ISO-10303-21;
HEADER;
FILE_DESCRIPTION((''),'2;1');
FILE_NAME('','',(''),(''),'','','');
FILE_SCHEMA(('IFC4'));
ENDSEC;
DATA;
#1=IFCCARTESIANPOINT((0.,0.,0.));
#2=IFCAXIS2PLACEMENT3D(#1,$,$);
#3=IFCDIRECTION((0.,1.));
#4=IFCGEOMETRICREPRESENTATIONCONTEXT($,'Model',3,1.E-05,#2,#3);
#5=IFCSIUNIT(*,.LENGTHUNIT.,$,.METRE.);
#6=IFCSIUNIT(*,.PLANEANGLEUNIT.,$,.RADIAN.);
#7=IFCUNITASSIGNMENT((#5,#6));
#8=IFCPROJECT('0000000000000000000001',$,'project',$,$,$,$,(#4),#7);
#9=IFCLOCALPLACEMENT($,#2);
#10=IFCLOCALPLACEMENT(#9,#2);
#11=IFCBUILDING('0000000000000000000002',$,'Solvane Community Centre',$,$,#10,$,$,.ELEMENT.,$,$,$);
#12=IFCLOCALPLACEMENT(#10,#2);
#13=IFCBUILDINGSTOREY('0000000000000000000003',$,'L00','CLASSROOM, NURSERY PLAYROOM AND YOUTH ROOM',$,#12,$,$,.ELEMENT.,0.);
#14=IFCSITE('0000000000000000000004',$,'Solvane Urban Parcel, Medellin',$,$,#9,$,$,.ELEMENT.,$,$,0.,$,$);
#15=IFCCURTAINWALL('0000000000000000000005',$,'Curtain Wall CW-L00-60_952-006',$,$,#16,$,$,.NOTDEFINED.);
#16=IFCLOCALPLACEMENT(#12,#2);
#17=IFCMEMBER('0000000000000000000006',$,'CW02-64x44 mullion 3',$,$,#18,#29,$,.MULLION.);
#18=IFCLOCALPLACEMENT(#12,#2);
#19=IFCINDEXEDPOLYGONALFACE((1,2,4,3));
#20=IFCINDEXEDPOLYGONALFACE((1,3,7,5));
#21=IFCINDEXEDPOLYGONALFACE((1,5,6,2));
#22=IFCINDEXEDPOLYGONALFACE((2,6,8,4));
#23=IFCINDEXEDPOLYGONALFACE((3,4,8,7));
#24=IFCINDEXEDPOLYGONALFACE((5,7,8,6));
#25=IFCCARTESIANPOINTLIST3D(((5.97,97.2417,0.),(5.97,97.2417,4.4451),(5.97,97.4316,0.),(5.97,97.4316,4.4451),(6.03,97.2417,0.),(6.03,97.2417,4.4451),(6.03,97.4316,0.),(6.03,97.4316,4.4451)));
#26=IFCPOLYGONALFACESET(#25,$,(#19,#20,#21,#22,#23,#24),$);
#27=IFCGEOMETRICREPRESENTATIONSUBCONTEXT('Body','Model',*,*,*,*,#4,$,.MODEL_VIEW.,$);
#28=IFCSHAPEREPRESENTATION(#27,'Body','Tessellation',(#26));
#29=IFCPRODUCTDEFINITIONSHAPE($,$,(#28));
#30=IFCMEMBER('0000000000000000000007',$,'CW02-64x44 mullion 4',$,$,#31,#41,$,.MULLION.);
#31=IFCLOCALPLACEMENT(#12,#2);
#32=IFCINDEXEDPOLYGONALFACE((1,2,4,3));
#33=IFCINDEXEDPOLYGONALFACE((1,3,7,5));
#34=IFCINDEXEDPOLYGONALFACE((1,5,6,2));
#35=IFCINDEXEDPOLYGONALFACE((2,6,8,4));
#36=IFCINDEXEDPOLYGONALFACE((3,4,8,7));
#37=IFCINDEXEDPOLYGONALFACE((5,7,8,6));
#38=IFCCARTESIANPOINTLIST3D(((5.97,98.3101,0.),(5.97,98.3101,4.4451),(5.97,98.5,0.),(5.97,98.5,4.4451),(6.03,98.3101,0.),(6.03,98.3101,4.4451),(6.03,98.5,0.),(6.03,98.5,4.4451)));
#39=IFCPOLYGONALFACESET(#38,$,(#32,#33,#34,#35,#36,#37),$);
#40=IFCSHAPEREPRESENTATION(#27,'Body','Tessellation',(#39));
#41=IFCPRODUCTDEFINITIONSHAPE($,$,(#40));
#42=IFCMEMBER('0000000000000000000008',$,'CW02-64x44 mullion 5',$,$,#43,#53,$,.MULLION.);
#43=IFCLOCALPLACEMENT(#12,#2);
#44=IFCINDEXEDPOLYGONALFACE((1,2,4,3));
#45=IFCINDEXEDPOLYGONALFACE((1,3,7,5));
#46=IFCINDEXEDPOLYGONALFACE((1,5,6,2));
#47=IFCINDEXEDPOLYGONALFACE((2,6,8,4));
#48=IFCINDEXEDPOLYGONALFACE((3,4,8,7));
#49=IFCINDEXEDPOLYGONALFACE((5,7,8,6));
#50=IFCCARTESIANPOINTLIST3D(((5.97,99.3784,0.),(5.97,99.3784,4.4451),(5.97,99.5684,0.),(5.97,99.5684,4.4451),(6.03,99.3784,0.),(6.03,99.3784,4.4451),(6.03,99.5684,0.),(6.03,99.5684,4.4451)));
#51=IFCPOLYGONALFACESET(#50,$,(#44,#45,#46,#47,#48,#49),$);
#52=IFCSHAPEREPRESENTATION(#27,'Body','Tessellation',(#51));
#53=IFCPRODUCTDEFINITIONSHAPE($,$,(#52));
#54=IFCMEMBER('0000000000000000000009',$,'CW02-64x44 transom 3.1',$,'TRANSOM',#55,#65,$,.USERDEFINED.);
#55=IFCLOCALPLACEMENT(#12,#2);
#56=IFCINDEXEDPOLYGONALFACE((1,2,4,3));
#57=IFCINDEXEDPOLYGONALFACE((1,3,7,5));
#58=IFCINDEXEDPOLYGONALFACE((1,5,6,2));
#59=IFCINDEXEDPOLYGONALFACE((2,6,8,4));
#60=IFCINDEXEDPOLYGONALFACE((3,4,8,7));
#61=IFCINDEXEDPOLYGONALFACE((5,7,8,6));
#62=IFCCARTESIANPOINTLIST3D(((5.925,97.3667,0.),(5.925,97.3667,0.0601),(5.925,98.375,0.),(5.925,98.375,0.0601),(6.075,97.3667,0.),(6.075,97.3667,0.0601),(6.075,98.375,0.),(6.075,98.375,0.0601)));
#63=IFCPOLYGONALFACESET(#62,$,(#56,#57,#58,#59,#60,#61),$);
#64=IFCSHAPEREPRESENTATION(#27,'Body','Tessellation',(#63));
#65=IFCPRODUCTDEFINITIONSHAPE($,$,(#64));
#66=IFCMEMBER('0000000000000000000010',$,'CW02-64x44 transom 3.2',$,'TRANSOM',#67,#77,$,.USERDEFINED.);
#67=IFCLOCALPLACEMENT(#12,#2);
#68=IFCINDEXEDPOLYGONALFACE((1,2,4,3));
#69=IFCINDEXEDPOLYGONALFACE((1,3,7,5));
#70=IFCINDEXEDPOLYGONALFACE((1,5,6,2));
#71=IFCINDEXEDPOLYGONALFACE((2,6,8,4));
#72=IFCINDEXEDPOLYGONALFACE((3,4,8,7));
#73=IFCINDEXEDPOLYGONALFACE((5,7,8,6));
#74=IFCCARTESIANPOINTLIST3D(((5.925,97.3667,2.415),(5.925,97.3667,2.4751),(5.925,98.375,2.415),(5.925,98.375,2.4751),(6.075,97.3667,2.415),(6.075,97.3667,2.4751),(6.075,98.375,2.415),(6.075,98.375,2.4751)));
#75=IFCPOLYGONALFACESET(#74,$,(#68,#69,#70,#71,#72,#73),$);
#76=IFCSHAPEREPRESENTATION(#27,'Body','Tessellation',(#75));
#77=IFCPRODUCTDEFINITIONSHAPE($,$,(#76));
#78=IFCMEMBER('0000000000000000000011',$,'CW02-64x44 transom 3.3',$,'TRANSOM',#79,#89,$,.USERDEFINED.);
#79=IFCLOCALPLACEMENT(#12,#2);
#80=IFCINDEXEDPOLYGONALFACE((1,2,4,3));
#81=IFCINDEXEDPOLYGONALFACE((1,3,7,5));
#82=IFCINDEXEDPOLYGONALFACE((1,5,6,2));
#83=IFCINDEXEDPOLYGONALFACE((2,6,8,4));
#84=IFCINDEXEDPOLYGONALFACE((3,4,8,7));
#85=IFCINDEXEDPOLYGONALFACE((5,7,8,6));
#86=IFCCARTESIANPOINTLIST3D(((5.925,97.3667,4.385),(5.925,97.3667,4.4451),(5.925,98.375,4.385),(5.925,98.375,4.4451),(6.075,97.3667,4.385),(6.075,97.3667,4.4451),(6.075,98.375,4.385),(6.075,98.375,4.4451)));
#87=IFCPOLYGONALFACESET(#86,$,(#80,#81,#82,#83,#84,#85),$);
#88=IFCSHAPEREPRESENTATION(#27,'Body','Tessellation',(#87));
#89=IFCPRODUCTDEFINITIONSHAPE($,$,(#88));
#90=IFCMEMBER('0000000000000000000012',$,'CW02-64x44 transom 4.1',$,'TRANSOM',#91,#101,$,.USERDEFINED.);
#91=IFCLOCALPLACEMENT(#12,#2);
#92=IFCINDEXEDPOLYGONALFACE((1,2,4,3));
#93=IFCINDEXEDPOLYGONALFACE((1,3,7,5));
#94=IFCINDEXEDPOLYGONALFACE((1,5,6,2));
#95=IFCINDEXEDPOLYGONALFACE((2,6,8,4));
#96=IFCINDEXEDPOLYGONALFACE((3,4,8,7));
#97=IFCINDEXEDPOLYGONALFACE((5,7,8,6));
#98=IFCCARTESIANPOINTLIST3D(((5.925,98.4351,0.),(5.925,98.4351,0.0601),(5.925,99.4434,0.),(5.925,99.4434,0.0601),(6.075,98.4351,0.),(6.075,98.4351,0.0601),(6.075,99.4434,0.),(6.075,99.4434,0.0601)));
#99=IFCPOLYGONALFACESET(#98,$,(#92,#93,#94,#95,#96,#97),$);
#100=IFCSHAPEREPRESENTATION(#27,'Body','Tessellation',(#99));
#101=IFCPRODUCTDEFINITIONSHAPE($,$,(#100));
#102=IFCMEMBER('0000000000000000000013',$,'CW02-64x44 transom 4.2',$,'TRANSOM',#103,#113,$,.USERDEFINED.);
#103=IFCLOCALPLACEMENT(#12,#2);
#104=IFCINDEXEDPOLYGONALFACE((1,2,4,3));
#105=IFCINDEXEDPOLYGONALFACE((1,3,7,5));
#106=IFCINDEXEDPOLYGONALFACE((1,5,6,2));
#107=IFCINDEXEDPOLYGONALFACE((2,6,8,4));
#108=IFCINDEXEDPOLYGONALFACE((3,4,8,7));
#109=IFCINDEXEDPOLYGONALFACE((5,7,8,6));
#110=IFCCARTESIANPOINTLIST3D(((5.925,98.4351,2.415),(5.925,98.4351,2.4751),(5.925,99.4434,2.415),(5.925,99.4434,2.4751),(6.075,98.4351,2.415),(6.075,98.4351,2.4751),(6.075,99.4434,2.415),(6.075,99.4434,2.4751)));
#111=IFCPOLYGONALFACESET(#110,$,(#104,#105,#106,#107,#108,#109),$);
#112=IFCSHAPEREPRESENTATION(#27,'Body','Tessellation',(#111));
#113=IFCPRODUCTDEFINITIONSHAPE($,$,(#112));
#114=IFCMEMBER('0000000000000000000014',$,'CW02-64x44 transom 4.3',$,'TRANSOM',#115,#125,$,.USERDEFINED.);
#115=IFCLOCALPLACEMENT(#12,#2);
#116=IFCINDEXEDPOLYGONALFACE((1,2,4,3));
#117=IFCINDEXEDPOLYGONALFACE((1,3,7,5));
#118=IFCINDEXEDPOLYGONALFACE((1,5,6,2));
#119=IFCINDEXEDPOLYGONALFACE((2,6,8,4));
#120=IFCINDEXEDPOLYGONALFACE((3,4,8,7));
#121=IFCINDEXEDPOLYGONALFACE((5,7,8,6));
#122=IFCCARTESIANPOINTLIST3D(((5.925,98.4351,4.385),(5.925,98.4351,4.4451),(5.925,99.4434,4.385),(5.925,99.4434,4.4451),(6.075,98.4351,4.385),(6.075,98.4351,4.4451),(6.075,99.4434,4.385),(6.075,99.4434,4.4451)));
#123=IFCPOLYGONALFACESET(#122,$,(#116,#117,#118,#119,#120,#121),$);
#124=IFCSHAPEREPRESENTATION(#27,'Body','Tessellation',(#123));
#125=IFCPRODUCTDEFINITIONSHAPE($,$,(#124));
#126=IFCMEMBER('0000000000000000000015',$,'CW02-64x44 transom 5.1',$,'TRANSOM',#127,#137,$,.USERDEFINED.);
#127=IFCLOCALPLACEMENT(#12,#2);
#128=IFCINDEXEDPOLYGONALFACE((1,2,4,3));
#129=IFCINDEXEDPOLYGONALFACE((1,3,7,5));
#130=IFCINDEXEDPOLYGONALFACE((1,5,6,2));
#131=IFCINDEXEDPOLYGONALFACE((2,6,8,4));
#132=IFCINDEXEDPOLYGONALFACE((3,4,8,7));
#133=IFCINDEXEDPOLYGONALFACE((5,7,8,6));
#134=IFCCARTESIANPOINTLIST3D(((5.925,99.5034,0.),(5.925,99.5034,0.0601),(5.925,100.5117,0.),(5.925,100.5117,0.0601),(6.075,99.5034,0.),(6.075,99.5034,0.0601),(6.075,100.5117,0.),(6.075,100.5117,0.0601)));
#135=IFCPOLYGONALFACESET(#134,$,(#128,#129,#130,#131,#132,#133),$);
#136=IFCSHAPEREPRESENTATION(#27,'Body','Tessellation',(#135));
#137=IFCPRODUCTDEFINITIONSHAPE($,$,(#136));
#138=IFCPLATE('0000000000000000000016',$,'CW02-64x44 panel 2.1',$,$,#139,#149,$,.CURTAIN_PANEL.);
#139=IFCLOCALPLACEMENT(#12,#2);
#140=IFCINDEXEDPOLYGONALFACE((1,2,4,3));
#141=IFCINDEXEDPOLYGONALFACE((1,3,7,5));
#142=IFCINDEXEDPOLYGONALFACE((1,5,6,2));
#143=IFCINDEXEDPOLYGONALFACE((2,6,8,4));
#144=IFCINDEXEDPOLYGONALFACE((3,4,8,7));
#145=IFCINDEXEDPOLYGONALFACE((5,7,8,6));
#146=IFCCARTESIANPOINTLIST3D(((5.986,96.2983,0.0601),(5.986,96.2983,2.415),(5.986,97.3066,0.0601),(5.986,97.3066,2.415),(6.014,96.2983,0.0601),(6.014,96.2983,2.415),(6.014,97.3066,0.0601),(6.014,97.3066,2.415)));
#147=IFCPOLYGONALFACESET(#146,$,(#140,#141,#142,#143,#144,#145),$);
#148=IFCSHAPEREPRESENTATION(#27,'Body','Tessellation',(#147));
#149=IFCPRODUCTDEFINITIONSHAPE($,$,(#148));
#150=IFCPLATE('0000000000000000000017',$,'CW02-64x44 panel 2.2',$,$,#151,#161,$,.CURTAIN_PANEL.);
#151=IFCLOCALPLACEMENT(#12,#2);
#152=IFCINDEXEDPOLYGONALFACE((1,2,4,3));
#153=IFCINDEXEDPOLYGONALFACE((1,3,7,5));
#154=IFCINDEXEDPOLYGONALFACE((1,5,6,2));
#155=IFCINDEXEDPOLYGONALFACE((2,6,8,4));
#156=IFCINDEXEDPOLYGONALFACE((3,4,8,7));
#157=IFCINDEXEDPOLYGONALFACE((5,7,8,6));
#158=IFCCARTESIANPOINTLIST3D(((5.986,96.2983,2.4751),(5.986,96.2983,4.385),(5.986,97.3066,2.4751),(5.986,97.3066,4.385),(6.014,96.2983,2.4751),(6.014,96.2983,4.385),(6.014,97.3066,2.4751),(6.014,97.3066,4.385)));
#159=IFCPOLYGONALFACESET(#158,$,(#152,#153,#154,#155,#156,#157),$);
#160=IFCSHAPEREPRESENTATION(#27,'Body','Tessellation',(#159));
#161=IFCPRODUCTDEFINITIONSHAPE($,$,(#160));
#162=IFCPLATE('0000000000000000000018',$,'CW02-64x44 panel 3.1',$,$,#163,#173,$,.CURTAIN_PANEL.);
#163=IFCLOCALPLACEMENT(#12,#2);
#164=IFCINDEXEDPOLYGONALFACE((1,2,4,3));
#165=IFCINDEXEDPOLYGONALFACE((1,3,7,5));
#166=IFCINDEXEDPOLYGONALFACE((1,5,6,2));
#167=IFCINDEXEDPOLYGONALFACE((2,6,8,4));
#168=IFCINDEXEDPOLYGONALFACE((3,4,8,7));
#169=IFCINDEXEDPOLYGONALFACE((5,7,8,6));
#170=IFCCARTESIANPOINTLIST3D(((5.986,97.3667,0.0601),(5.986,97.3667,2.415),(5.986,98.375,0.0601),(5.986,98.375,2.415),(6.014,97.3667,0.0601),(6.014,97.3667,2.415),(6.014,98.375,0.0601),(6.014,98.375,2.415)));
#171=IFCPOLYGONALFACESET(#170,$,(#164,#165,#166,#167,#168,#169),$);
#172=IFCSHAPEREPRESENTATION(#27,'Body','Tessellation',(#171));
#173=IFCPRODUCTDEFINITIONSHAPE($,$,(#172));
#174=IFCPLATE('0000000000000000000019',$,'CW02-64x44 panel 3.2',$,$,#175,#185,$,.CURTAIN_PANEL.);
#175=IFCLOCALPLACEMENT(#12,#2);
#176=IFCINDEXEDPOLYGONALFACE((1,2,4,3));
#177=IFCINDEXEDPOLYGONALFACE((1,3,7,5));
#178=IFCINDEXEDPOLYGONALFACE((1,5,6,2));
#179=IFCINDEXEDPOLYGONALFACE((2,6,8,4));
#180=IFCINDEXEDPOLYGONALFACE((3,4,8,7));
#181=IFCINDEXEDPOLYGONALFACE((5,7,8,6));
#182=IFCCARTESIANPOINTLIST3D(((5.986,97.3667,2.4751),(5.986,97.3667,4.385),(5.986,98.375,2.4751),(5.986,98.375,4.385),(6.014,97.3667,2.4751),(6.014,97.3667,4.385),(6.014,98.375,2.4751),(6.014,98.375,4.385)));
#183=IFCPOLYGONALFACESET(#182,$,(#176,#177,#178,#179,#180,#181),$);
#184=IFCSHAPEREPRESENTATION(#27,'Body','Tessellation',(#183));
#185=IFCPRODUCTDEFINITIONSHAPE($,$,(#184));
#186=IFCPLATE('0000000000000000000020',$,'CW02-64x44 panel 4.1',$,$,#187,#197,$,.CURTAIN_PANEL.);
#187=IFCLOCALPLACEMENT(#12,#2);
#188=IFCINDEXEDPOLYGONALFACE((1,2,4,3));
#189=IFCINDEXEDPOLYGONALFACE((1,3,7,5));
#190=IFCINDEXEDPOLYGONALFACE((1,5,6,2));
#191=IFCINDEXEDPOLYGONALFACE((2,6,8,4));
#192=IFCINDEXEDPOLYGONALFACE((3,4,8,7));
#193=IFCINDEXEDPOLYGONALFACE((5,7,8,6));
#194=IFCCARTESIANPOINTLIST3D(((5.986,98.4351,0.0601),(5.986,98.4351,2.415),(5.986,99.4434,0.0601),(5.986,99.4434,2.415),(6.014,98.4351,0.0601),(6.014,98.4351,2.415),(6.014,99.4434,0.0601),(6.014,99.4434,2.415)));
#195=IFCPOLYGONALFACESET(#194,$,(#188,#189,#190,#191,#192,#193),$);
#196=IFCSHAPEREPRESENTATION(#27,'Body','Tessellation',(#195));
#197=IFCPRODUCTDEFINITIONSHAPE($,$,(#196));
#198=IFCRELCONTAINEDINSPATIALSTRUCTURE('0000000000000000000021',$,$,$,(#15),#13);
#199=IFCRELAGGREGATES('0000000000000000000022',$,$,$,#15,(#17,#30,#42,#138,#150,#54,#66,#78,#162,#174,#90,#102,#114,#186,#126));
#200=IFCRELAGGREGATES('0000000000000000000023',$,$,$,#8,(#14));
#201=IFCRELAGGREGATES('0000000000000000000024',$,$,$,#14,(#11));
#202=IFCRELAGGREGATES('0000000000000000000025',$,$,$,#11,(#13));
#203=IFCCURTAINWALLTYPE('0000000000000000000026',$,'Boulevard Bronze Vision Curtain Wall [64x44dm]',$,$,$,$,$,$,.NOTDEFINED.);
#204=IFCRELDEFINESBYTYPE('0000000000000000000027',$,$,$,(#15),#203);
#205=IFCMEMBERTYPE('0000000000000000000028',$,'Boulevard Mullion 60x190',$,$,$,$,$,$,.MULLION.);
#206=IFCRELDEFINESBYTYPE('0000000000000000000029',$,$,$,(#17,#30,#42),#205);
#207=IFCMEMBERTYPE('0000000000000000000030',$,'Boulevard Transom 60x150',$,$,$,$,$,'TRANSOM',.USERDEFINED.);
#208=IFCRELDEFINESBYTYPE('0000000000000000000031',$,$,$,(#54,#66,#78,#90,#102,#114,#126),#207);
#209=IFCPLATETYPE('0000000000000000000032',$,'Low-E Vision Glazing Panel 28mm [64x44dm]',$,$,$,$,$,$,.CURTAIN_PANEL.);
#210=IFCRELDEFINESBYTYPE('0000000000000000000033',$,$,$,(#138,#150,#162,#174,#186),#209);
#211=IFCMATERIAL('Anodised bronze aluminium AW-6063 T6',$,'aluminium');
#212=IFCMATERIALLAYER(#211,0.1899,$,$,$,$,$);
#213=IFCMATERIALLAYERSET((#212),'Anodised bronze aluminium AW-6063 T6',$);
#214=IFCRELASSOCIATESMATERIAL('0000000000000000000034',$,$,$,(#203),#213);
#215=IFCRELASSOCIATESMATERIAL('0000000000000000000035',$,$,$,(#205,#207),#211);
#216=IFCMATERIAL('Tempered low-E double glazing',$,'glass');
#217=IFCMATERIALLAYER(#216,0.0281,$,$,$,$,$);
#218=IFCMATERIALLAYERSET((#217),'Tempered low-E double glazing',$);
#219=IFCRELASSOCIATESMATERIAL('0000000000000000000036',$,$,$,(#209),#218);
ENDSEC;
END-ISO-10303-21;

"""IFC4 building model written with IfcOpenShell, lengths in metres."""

from ifc_helpers import new_model, si_unit, direction, frame, origin, origin_2d, place, context, subcontext, project, spatial, rectangle, extrude, material, layer, layer_set, material_profile, profile_set, type_object, element, aggregate, save


model = new_model("IFC4")

# Units and contexts
model_context = context("Model", 3, precision=1e-05, world=origin(), true_north=direction((0.0, 1.0)))
body_context = subcontext(model_context, "Body", "Model", "MODEL_VIEW")
ifc_project = project(units=[si_unit("LENGTHUNIT", "METRE"), si_unit("PLANEANGLEUNIT", "RADIAN")], contexts=[model_context])

# Site, building, storey
site_placement = place(None, origin())
site = spatial("IfcSite", under=ifc_project, at=site_placement, Name="Solvane Urban Parcel, Medellin", CompositionType="ELEMENT", RefElevation=0.0)
building_placement = place(site_placement, origin())
building = spatial("IfcBuilding", under=site, at=building_placement, Name="Solvane Community Centre", CompositionType="ELEMENT")
storey_placement = place(building_placement, origin())
storey = spatial("IfcBuildingStorey", under=building, at=storey_placement, Name="L00", Description="CLASSROOM, NURSERY PLAYROOM AND YOUTH ROOM", CompositionType="ELEMENT", Elevation=0.0)

# Curtain wall, members, plates
ifc_material_1 = material(Name="Anodised bronze aluminium AW-6063 T6", Category="aluminium")
ifc_layer_1 = layer(ifc_material_1, 0.1899)
ifc_layer_set_1 = layer_set([ifc_layer_1], Name="Anodised bronze aluminium AW-6063 T6")
curtain_wall_type = type_object("IfcCurtainWallType", Name="Boulevard Bronze Vision Curtain Wall [64x44dm]", PredefinedType="NOTDEFINED", material=ifc_layer_set_1)
curtain_wall_placement = place(storey_placement, origin())
curtain_wall = element("IfcCurtainWall", 1, at=curtain_wall_placement, inside=storey, type_object=curtain_wall_type, Name="Curtain Wall CW-L00-60_952-006", PredefinedType="NOTDEFINED")
ifc_material_profile_1 = material_profile(ifc_material_1, rectangle(XDim=0.0601, YDim=0.1899, at=origin_2d()), Name="CW-M 60x190")
ifc_profile_set_1 = profile_set([ifc_material_profile_1], Name="Anodised bronze aluminium AW-6063 T6")
member_type_1 = type_object("IfcMemberType", Name="Boulevard Mullion 60x190", PredefinedType="MULLION", material=ifc_profile_set_1)
member_1_placement = place(storey_placement, frame((6.0, 97.3367, 0.0), z_axis=(0.0, 0.0, 1.0), x_axis=(-1.0, 0.0, 0.0)))
member_1 = element("IfcMember", 2, at=member_1_placement, type_object=member_type_1, Name="CW02-64x44 mullion 3", PredefinedType="MULLION", context=body_context, shape_type="SweptSolid", body=[
    extrude(rectangle(XDim=0.0601, YDim=0.1899, at=origin_2d()), origin(), (0.0, 0.0, 1.0), 4.4451),
])
member_2_placement = place(storey_placement, frame((6.0, 98.405, 0.0), z_axis=(0.0, 0.0, 1.0), x_axis=(-1.0, 0.0, 0.0)))
member_2 = element("IfcMember", 3, at=member_2_placement, type_object=member_type_1, Name="CW02-64x44 mullion 4", PredefinedType="MULLION", context=body_context, shape_type="SweptSolid", body=[
    extrude(rectangle(XDim=0.0601, YDim=0.1899, at=origin_2d()), origin(), (0.0, 0.0, 1.0), 4.4451),
])
member_3_placement = place(storey_placement, frame((6.0, 99.4734, 0.0), z_axis=(0.0, 0.0, 1.0), x_axis=(-1.0, 0.0, 0.0)))
member_3 = element("IfcMember", 4, at=member_3_placement, type_object=member_type_1, Name="CW02-64x44 mullion 5", PredefinedType="MULLION", context=body_context, shape_type="SweptSolid", body=[
    extrude(rectangle(XDim=0.0601, YDim=0.1899, at=origin_2d()), origin(), (0.0, 0.0, 1.0), 4.4451),
])
ifc_material_profile_2 = material_profile(ifc_material_1, rectangle(XDim=0.1499, YDim=0.0601, at=origin_2d()), Name="CW-T 60x150")
ifc_profile_set_2 = profile_set([ifc_material_profile_2], Name="Anodised bronze aluminium AW-6063 T6")
member_type_2 = type_object("IfcMemberType", Name="Boulevard Transom 60x150", ElementType="TRANSOM", PredefinedType="USERDEFINED", material=ifc_profile_set_2)
member_4_placement = place(storey_placement, frame((6.0, 97.3667, 0.03), z_axis=(0.0, 1.0, 0.0), x_axis=(-1.0, 0.0, 0.0)))
member_4 = element("IfcMember", 5, at=member_4_placement, type_object=member_type_2, Name="CW02-64x44 transom 3.1", ObjectType="TRANSOM", PredefinedType="USERDEFINED", context=body_context, shape_type="SweptSolid", body=[
    extrude(rectangle(XDim=0.1499, YDim=0.0601, at=origin_2d()), origin(), (0.0, 0.0, 1.0), 1.0083),
])
member_5_placement = place(storey_placement, frame((6.0, 97.3667, 2.4451), z_axis=(0.0, 1.0, 0.0), x_axis=(-1.0, 0.0, 0.0)))
member_5 = element("IfcMember", 6, at=member_5_placement, type_object=member_type_2, Name="CW02-64x44 transom 3.2", ObjectType="TRANSOM", PredefinedType="USERDEFINED", context=body_context, shape_type="SweptSolid", body=[
    extrude(rectangle(XDim=0.1499, YDim=0.0601, at=origin_2d()), origin(), (0.0, 0.0, 1.0), 1.0083),
])
member_6_placement = place(storey_placement, frame((6.0, 97.3667, 4.415), z_axis=(0.0, 1.0, 0.0), x_axis=(-1.0, 0.0, 0.0)))
member_6 = element("IfcMember", 7, at=member_6_placement, type_object=member_type_2, Name="CW02-64x44 transom 3.3", ObjectType="TRANSOM", PredefinedType="USERDEFINED", context=body_context, shape_type="SweptSolid", body=[
    extrude(rectangle(XDim=0.1499, YDim=0.0601, at=origin_2d()), origin(), (0.0, 0.0, 1.0), 1.0083),
])
member_7_placement = place(storey_placement, frame((6.0, 98.4351, 0.03), z_axis=(0.0, 1.0, 0.0), x_axis=(-1.0, 0.0, 0.0)))
member_7 = element("IfcMember", 8, at=member_7_placement, type_object=member_type_2, Name="CW02-64x44 transom 4.1", ObjectType="TRANSOM", PredefinedType="USERDEFINED", context=body_context, shape_type="SweptSolid", body=[
    extrude(rectangle(XDim=0.1499, YDim=0.0601, at=origin_2d()), origin(), (0.0, 0.0, 1.0), 1.0083),
])
member_8_placement = place(storey_placement, frame((6.0, 98.4351, 2.4451), z_axis=(0.0, 1.0, 0.0), x_axis=(-1.0, 0.0, 0.0)))
member_8 = element("IfcMember", 9, at=member_8_placement, type_object=member_type_2, Name="CW02-64x44 transom 4.2", ObjectType="TRANSOM", PredefinedType="USERDEFINED", context=body_context, shape_type="SweptSolid", body=[
    extrude(rectangle(XDim=0.1499, YDim=0.0601, at=origin_2d()), origin(), (0.0, 0.0, 1.0), 1.0083),
])
member_9_placement = place(storey_placement, frame((6.0, 98.4351, 4.415), z_axis=(0.0, 1.0, 0.0), x_axis=(-1.0, 0.0, 0.0)))
member_9 = element("IfcMember", 10, at=member_9_placement, type_object=member_type_2, Name="CW02-64x44 transom 4.3", ObjectType="TRANSOM", PredefinedType="USERDEFINED", context=body_context, shape_type="SweptSolid", body=[
    extrude(rectangle(XDim=0.1499, YDim=0.0601, at=origin_2d()), origin(), (0.0, 0.0, 1.0), 1.0083),
])
member_10_placement = place(storey_placement, frame((6.0, 99.5034, 0.03), z_axis=(0.0, 1.0, 0.0), x_axis=(-1.0, 0.0, 0.0)))
member_10 = element("IfcMember", 11, at=member_10_placement, type_object=member_type_2, Name="CW02-64x44 transom 5.1", ObjectType="TRANSOM", PredefinedType="USERDEFINED", context=body_context, shape_type="SweptSolid", body=[
    extrude(rectangle(XDim=0.1499, YDim=0.0601, at=origin_2d()), origin(), (0.0, 0.0, 1.0), 1.0083),
])
ifc_material_2 = material(Name="Tempered low-E double glazing", Category="glass")
ifc_layer_2 = layer(ifc_material_2, 0.0281)
ifc_layer_set_2 = layer_set([ifc_layer_2], Name="Tempered low-E double glazing")
plate_type = type_object("IfcPlateType", Name="Low-E Vision Glazing Panel 28mm [64x44dm]", PredefinedType="CURTAIN_PANEL", material=ifc_layer_set_2)
plate_1_placement = place(storey_placement, frame((6.0, 96.8025, 0.0601), z_axis=(0.0, 0.0, 1.0), x_axis=(0.0, 1.0, 0.0)))
plate_1 = element("IfcPlate", 12, at=plate_1_placement, type_object=plate_type, Name="CW02-64x44 panel 2.1", PredefinedType="CURTAIN_PANEL", context=body_context, shape_type="SweptSolid", body=[
    extrude(rectangle(XDim=1.0083, YDim=0.0281, at=origin_2d()), origin(), (0.0, 0.0, 1.0), 2.355),
])
plate_2_placement = place(storey_placement, frame((6.0, 96.8025, 2.4751), z_axis=(0.0, 0.0, 1.0), x_axis=(0.0, 1.0, 0.0)))
plate_2 = element("IfcPlate", 13, at=plate_2_placement, type_object=plate_type, Name="CW02-64x44 panel 2.2", PredefinedType="CURTAIN_PANEL", context=body_context, shape_type="SweptSolid", body=[
    extrude(rectangle(XDim=1.0083, YDim=0.0281, at=origin_2d()), origin(), (0.0, 0.0, 1.0), 1.9099),
])
plate_3_placement = place(storey_placement, frame((6.0, 97.8708, 0.0601), z_axis=(0.0, 0.0, 1.0), x_axis=(0.0, 1.0, 0.0)))
plate_3 = element("IfcPlate", 14, at=plate_3_placement, type_object=plate_type, Name="CW02-64x44 panel 3.1", PredefinedType="CURTAIN_PANEL", context=body_context, shape_type="SweptSolid", body=[
    extrude(rectangle(XDim=1.0083, YDim=0.0281, at=origin_2d()), origin(), (0.0, 0.0, 1.0), 2.355),
])
plate_4_placement = place(storey_placement, frame((6.0, 97.8708, 2.4751), z_axis=(0.0, 0.0, 1.0), x_axis=(0.0, 1.0, 0.0)))
plate_4 = element("IfcPlate", 15, at=plate_4_placement, type_object=plate_type, Name="CW02-64x44 panel 3.2", PredefinedType="CURTAIN_PANEL", context=body_context, shape_type="SweptSolid", body=[
    extrude(rectangle(XDim=1.0083, YDim=0.0281, at=origin_2d()), origin(), (0.0, 0.0, 1.0), 1.9099),
])
plate_5_placement = place(storey_placement, frame((6.0, 98.9392, 0.0601), z_axis=(0.0, 0.0, 1.0), x_axis=(0.0, 1.0, 0.0)))
plate_5 = element("IfcPlate", 16, at=plate_5_placement, type_object=plate_type, Name="CW02-64x44 panel 4.1", PredefinedType="CURTAIN_PANEL", context=body_context, shape_type="SweptSolid", body=[
    extrude(rectangle(XDim=1.0083, YDim=0.0281, at=origin_2d()), origin(), (0.0, 0.0, 1.0), 2.355),
])
aggregate(curtain_wall, [member_1, member_2, member_3, plate_1, plate_2, member_4, member_5, member_6, plate_3, plate_4, member_7, member_8, member_9, plate_5, member_10])

save(model, "model.ifc")
